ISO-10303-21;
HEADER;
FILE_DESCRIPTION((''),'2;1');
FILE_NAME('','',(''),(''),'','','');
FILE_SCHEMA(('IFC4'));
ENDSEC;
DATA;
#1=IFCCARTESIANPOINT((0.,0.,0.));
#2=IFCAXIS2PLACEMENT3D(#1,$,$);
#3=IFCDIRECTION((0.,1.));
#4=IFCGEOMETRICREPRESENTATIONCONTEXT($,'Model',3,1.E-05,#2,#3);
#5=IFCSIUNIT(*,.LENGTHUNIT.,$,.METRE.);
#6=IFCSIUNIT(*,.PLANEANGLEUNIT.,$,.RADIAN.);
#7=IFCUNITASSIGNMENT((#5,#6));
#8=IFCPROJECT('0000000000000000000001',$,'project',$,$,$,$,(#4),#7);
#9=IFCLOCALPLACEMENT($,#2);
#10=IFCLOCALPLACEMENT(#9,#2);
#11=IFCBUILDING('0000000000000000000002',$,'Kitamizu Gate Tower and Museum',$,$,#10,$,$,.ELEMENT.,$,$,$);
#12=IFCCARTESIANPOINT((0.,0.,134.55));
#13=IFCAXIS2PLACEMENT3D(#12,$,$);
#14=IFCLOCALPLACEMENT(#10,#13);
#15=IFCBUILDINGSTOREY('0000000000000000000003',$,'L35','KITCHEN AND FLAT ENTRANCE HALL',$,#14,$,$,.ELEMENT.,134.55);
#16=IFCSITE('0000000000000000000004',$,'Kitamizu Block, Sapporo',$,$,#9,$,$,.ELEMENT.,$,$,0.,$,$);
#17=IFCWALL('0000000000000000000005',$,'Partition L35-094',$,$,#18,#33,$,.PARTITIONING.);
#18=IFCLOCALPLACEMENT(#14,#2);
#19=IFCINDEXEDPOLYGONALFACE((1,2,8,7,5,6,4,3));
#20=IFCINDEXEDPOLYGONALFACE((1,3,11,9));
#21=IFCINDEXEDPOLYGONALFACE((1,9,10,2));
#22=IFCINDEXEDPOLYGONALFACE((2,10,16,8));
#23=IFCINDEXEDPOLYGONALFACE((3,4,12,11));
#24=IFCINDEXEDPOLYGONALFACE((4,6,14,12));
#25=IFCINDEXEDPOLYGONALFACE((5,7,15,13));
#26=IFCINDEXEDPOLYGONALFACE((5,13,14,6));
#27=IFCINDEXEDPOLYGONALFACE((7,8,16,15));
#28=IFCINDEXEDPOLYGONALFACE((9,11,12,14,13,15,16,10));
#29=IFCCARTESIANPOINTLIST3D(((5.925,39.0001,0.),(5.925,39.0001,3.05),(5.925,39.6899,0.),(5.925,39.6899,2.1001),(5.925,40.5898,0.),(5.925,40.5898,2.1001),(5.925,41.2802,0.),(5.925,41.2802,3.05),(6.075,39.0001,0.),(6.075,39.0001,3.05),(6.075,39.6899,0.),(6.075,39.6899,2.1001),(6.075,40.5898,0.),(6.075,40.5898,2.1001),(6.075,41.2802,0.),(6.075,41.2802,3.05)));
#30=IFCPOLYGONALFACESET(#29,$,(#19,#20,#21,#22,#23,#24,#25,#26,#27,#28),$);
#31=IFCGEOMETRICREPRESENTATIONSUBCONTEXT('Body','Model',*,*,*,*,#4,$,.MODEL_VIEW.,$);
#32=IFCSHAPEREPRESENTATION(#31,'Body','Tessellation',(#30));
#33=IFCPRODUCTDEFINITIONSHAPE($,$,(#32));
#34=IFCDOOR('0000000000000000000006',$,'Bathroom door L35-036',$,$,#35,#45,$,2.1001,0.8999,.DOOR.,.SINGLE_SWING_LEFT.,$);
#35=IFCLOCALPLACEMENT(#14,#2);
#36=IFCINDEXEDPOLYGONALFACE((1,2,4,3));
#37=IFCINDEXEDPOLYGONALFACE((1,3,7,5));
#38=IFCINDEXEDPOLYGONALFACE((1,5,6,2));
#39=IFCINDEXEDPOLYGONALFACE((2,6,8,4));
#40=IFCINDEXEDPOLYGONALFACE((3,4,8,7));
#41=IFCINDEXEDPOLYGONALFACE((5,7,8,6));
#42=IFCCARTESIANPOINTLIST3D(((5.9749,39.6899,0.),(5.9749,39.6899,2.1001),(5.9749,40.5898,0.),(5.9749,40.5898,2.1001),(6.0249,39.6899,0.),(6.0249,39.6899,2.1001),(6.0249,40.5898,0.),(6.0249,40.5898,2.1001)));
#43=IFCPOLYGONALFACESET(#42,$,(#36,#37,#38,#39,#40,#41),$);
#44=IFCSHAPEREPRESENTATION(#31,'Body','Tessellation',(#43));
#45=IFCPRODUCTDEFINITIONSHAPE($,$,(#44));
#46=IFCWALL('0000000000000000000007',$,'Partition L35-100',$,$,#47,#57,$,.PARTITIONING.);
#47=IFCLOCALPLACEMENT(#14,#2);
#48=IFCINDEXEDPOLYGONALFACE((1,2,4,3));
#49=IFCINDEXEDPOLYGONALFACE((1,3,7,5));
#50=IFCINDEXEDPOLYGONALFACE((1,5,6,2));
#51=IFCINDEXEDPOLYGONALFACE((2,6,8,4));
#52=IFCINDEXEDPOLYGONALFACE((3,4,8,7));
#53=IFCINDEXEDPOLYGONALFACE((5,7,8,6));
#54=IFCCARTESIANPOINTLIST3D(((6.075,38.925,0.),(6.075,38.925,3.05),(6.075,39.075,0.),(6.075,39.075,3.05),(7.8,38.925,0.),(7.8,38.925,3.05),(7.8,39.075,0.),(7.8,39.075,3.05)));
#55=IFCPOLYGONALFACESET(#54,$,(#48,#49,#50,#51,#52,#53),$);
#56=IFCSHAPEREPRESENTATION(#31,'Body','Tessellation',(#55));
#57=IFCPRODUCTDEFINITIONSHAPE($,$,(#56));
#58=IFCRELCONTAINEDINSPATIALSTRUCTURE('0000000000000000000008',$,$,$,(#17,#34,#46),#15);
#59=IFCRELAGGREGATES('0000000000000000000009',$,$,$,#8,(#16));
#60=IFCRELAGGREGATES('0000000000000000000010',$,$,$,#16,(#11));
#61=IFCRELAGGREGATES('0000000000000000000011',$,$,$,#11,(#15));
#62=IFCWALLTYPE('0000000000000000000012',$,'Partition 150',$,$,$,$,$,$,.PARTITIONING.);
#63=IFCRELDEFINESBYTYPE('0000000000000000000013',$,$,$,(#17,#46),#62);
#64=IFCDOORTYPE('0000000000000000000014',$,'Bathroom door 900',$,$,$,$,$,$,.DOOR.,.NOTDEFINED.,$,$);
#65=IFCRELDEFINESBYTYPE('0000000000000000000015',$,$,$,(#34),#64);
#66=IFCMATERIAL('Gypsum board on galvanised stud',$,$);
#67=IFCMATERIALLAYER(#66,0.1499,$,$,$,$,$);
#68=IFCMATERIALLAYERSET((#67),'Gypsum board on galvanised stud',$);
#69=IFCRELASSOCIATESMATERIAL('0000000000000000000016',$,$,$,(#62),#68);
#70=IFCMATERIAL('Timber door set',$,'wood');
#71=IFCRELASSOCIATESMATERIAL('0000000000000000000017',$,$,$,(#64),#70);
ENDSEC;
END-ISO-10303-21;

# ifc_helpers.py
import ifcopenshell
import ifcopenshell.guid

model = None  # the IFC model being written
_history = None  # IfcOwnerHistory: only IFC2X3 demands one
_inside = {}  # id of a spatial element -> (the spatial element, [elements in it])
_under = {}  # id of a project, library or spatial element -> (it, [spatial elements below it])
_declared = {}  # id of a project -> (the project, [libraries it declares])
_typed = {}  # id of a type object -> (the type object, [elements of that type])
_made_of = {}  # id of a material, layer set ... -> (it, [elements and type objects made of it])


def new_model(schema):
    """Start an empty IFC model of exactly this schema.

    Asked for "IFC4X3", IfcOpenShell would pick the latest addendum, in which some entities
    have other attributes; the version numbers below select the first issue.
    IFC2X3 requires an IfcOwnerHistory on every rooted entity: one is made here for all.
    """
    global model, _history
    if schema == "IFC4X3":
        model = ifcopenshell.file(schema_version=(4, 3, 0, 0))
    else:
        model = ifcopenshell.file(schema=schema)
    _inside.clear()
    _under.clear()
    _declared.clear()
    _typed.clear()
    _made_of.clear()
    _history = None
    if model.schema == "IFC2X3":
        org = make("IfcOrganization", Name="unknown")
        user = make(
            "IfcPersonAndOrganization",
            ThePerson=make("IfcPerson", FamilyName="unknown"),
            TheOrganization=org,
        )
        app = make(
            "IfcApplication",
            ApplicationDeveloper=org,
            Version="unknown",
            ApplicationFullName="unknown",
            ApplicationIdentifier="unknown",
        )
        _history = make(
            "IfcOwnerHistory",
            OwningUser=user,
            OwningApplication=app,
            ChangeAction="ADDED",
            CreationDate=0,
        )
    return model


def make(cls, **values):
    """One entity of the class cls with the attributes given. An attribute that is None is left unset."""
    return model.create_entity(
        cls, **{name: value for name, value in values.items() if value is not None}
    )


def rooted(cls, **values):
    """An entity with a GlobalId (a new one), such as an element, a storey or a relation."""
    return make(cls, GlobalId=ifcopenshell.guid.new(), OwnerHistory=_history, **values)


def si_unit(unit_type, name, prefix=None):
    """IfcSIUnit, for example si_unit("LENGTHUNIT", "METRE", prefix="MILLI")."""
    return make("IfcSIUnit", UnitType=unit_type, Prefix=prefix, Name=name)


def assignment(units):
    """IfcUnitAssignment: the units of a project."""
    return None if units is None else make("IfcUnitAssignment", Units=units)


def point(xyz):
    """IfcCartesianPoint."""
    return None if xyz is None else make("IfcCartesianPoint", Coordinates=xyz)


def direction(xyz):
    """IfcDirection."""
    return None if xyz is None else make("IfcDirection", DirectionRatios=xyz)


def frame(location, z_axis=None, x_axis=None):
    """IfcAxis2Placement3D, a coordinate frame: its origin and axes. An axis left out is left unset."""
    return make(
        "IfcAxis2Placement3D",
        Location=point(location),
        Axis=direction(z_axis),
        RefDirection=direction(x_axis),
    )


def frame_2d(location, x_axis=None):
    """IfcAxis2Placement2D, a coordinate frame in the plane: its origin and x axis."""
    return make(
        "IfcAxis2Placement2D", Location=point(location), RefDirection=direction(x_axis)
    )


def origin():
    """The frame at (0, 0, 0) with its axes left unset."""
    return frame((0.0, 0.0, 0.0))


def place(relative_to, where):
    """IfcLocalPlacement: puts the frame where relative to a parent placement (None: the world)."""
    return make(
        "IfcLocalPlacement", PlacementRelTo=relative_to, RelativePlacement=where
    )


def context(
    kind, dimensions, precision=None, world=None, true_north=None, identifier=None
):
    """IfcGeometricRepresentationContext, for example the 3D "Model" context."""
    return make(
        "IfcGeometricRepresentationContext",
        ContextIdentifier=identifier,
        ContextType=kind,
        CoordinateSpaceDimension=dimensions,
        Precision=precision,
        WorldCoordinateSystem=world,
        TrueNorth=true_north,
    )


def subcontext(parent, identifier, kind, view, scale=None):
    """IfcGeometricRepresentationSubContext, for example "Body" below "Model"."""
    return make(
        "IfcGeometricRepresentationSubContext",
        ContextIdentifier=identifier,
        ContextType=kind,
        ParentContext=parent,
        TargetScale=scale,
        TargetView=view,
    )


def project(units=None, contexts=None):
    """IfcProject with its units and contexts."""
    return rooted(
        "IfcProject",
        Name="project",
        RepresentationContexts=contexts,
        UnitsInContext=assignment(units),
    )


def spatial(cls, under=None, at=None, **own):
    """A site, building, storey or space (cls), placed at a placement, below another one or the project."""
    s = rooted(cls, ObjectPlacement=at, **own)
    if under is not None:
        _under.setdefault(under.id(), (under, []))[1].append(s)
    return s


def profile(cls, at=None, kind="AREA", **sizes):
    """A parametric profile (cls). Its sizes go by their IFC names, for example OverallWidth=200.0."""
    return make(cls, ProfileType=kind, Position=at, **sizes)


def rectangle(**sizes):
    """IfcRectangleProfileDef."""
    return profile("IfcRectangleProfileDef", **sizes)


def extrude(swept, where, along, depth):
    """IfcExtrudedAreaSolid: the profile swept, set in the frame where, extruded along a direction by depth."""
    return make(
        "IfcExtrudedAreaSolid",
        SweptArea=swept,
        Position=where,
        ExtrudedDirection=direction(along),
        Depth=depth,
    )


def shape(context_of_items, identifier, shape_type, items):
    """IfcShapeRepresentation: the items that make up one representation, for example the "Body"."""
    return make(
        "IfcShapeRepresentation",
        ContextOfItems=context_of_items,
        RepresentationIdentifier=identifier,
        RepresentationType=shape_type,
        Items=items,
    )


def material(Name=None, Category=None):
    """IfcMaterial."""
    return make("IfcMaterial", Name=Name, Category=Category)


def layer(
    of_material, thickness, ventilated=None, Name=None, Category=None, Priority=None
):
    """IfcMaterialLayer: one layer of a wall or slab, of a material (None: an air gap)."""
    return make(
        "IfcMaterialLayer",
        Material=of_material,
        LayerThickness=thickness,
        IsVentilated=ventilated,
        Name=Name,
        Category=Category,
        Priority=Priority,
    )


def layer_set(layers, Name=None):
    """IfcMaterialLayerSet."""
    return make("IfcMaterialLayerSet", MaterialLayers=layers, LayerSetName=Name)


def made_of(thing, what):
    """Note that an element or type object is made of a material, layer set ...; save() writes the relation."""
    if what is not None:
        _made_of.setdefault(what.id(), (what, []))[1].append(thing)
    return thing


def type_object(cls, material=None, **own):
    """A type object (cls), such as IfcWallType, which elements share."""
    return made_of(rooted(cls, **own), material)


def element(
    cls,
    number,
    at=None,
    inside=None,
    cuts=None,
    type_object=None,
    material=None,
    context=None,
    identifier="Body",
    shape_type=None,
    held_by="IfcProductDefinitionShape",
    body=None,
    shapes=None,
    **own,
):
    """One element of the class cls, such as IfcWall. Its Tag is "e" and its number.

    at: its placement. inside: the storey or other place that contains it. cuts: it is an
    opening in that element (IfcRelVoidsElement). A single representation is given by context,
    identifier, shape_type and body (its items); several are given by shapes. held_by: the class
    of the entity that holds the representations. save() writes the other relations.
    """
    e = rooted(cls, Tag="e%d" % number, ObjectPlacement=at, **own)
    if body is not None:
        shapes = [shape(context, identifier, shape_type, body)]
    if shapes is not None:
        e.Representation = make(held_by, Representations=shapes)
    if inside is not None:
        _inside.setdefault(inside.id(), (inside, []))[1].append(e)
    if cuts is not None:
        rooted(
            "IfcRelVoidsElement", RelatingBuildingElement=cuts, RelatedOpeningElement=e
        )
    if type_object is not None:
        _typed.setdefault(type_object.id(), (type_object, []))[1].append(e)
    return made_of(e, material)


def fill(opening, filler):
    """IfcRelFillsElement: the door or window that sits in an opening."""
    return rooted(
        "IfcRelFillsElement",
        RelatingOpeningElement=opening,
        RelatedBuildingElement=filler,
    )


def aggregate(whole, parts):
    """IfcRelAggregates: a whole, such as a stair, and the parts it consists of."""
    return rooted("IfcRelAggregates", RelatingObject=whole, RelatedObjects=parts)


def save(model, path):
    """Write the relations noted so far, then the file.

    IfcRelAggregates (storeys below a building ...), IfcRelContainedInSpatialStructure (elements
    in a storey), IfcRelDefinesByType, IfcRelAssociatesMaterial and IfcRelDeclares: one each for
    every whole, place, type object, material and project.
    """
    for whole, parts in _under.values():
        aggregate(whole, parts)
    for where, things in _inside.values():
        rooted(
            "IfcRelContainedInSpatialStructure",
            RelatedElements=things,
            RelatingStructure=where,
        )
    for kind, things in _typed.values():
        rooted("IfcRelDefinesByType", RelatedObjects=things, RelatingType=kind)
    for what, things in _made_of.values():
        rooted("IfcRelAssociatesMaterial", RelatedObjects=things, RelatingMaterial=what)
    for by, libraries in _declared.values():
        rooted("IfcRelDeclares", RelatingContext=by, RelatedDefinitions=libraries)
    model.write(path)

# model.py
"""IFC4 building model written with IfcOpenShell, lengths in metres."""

from ifc_helpers import new_model, si_unit, direction, frame, frame_2d, origin, place, context, subcontext, project, spatial, rectangle, extrude, material, layer, layer_set, type_object, element, fill, save


model = new_model("IFC4")

# Units and contexts
model_context = context("Model", 3, precision=1e-05, world=origin(), true_north=direction((0.0, 1.0)))
body_context = subcontext(model_context, "Body", "Model", "MODEL_VIEW")
ifc_project = project(units=[si_unit("LENGTHUNIT", "METRE"), si_unit("PLANEANGLEUNIT", "RADIAN")], contexts=[model_context])

# Site, building, storey
site_placement = place(None, origin())
site = spatial("IfcSite", under=ifc_project, at=site_placement, Name="Kitamizu Block, Sapporo", CompositionType="ELEMENT", RefElevation=0.0)
building_placement = place(site_placement, origin())
building = spatial("IfcBuilding", under=site, at=building_placement, Name="Kitamizu Gate Tower and Museum", CompositionType="ELEMENT")
storey_placement = place(building_placement, frame((0.0, 0.0, 134.55)))
storey = spatial("IfcBuildingStorey", under=building, at=storey_placement, Name="L35", Description="KITCHEN AND FLAT ENTRANCE HALL", CompositionType="ELEMENT", Elevation=134.55)

# Wall, opening, door
ifc_material_1 = material(Name="Gypsum board on galvanised stud")
ifc_layer_1 = layer(ifc_material_1, 0.1499)
ifc_layer_set_1 = layer_set([ifc_layer_1], Name="Gypsum board on galvanised stud")
wall_type_1 = type_object("IfcWallType", Name="Partition 150", PredefinedType="PARTITIONING", material=ifc_layer_set_1)
wall_1_placement = place(storey_placement, frame((6.0, 39.0, 0.0), z_axis=(0.0, 0.0, 1.0), x_axis=(0.0, 1.0, 0.0)))
wall_1 = element("IfcWall", 1, at=wall_1_placement, inside=storey, type_object=wall_type_1, Name="Partition L35-094", PredefinedType="PARTITIONING", context=body_context, shape_type="SweptSolid", body=[
    extrude(rectangle(XDim=2.28, YDim=0.1499, at=frame_2d((1.1401, 0.0))), origin(), (0.0, 0.0, 1.0), 3.05),
])
opening_1_placement = place(wall_1_placement, frame((0.6899, 0.0, 0.0)))
opening_1 = element("IfcOpeningElement", 2, at=opening_1_placement, cuts=wall_1, PredefinedType="OPENING", context=body_context, shape_type="SweptSolid", body=[
    extrude(rectangle(XDim=0.8999, YDim=2.1001, at=frame_2d((0.45, 1.05))), frame((0.0, 0.085, 0.0), z_axis=(0.0, -1.0, 0.0), x_axis=(1.0, 0.0, 0.0)), (0.0, 0.0, 1.0), 0.1699),
])
ifc_material_2 = material(Name="Timber door set", Category="wood")
door_type_1 = type_object("IfcDoorType", Name="Bathroom door 900", OperationType="NOTDEFINED", PredefinedType="DOOR", material=ifc_material_2)
door_1_placement = place(opening_1_placement, frame((0.8999, 0.0, 0.0), x_axis=(-1.0, 0.0, 0.0)))
door_1 = element("IfcDoor", 3, at=door_1_placement, inside=storey, type_object=door_type_1, Name="Bathroom door L35-036", OperationType="SINGLE_SWING_LEFT", OverallHeight=2.1001, OverallWidth=0.8999, PredefinedType="DOOR", context=body_context, shape_type="SweptSolid", body=[
    extrude(rectangle(XDim=0.8999, YDim=2.1001, at=frame_2d((0.45, 1.05))), frame((0.0, 0.0249, 0.0), z_axis=(0.0, -1.0, 0.0), x_axis=(1.0, 0.0, 0.0)), (0.0, 0.0, 1.0), 0.05),
])
fill(opening_1, door_1)

# Wall
wall_2_placement = place(storey_placement, frame((7.8, 39.0, 0.0), z_axis=(0.0, 0.0, 1.0), x_axis=(-1.0, 0.0, 0.0)))
element("IfcWall", 4, at=wall_2_placement, inside=storey, type_object=wall_type_1, Name="Partition L35-100", PredefinedType="PARTITIONING", context=body_context, shape_type="SweptSolid", body=[
    extrude(rectangle(XDim=1.7251, YDim=0.1499, at=frame_2d((0.8625, 0.0))), origin(), (0.0, 0.0, 1.0), 3.05),
])

save(model, "model.ifc")
